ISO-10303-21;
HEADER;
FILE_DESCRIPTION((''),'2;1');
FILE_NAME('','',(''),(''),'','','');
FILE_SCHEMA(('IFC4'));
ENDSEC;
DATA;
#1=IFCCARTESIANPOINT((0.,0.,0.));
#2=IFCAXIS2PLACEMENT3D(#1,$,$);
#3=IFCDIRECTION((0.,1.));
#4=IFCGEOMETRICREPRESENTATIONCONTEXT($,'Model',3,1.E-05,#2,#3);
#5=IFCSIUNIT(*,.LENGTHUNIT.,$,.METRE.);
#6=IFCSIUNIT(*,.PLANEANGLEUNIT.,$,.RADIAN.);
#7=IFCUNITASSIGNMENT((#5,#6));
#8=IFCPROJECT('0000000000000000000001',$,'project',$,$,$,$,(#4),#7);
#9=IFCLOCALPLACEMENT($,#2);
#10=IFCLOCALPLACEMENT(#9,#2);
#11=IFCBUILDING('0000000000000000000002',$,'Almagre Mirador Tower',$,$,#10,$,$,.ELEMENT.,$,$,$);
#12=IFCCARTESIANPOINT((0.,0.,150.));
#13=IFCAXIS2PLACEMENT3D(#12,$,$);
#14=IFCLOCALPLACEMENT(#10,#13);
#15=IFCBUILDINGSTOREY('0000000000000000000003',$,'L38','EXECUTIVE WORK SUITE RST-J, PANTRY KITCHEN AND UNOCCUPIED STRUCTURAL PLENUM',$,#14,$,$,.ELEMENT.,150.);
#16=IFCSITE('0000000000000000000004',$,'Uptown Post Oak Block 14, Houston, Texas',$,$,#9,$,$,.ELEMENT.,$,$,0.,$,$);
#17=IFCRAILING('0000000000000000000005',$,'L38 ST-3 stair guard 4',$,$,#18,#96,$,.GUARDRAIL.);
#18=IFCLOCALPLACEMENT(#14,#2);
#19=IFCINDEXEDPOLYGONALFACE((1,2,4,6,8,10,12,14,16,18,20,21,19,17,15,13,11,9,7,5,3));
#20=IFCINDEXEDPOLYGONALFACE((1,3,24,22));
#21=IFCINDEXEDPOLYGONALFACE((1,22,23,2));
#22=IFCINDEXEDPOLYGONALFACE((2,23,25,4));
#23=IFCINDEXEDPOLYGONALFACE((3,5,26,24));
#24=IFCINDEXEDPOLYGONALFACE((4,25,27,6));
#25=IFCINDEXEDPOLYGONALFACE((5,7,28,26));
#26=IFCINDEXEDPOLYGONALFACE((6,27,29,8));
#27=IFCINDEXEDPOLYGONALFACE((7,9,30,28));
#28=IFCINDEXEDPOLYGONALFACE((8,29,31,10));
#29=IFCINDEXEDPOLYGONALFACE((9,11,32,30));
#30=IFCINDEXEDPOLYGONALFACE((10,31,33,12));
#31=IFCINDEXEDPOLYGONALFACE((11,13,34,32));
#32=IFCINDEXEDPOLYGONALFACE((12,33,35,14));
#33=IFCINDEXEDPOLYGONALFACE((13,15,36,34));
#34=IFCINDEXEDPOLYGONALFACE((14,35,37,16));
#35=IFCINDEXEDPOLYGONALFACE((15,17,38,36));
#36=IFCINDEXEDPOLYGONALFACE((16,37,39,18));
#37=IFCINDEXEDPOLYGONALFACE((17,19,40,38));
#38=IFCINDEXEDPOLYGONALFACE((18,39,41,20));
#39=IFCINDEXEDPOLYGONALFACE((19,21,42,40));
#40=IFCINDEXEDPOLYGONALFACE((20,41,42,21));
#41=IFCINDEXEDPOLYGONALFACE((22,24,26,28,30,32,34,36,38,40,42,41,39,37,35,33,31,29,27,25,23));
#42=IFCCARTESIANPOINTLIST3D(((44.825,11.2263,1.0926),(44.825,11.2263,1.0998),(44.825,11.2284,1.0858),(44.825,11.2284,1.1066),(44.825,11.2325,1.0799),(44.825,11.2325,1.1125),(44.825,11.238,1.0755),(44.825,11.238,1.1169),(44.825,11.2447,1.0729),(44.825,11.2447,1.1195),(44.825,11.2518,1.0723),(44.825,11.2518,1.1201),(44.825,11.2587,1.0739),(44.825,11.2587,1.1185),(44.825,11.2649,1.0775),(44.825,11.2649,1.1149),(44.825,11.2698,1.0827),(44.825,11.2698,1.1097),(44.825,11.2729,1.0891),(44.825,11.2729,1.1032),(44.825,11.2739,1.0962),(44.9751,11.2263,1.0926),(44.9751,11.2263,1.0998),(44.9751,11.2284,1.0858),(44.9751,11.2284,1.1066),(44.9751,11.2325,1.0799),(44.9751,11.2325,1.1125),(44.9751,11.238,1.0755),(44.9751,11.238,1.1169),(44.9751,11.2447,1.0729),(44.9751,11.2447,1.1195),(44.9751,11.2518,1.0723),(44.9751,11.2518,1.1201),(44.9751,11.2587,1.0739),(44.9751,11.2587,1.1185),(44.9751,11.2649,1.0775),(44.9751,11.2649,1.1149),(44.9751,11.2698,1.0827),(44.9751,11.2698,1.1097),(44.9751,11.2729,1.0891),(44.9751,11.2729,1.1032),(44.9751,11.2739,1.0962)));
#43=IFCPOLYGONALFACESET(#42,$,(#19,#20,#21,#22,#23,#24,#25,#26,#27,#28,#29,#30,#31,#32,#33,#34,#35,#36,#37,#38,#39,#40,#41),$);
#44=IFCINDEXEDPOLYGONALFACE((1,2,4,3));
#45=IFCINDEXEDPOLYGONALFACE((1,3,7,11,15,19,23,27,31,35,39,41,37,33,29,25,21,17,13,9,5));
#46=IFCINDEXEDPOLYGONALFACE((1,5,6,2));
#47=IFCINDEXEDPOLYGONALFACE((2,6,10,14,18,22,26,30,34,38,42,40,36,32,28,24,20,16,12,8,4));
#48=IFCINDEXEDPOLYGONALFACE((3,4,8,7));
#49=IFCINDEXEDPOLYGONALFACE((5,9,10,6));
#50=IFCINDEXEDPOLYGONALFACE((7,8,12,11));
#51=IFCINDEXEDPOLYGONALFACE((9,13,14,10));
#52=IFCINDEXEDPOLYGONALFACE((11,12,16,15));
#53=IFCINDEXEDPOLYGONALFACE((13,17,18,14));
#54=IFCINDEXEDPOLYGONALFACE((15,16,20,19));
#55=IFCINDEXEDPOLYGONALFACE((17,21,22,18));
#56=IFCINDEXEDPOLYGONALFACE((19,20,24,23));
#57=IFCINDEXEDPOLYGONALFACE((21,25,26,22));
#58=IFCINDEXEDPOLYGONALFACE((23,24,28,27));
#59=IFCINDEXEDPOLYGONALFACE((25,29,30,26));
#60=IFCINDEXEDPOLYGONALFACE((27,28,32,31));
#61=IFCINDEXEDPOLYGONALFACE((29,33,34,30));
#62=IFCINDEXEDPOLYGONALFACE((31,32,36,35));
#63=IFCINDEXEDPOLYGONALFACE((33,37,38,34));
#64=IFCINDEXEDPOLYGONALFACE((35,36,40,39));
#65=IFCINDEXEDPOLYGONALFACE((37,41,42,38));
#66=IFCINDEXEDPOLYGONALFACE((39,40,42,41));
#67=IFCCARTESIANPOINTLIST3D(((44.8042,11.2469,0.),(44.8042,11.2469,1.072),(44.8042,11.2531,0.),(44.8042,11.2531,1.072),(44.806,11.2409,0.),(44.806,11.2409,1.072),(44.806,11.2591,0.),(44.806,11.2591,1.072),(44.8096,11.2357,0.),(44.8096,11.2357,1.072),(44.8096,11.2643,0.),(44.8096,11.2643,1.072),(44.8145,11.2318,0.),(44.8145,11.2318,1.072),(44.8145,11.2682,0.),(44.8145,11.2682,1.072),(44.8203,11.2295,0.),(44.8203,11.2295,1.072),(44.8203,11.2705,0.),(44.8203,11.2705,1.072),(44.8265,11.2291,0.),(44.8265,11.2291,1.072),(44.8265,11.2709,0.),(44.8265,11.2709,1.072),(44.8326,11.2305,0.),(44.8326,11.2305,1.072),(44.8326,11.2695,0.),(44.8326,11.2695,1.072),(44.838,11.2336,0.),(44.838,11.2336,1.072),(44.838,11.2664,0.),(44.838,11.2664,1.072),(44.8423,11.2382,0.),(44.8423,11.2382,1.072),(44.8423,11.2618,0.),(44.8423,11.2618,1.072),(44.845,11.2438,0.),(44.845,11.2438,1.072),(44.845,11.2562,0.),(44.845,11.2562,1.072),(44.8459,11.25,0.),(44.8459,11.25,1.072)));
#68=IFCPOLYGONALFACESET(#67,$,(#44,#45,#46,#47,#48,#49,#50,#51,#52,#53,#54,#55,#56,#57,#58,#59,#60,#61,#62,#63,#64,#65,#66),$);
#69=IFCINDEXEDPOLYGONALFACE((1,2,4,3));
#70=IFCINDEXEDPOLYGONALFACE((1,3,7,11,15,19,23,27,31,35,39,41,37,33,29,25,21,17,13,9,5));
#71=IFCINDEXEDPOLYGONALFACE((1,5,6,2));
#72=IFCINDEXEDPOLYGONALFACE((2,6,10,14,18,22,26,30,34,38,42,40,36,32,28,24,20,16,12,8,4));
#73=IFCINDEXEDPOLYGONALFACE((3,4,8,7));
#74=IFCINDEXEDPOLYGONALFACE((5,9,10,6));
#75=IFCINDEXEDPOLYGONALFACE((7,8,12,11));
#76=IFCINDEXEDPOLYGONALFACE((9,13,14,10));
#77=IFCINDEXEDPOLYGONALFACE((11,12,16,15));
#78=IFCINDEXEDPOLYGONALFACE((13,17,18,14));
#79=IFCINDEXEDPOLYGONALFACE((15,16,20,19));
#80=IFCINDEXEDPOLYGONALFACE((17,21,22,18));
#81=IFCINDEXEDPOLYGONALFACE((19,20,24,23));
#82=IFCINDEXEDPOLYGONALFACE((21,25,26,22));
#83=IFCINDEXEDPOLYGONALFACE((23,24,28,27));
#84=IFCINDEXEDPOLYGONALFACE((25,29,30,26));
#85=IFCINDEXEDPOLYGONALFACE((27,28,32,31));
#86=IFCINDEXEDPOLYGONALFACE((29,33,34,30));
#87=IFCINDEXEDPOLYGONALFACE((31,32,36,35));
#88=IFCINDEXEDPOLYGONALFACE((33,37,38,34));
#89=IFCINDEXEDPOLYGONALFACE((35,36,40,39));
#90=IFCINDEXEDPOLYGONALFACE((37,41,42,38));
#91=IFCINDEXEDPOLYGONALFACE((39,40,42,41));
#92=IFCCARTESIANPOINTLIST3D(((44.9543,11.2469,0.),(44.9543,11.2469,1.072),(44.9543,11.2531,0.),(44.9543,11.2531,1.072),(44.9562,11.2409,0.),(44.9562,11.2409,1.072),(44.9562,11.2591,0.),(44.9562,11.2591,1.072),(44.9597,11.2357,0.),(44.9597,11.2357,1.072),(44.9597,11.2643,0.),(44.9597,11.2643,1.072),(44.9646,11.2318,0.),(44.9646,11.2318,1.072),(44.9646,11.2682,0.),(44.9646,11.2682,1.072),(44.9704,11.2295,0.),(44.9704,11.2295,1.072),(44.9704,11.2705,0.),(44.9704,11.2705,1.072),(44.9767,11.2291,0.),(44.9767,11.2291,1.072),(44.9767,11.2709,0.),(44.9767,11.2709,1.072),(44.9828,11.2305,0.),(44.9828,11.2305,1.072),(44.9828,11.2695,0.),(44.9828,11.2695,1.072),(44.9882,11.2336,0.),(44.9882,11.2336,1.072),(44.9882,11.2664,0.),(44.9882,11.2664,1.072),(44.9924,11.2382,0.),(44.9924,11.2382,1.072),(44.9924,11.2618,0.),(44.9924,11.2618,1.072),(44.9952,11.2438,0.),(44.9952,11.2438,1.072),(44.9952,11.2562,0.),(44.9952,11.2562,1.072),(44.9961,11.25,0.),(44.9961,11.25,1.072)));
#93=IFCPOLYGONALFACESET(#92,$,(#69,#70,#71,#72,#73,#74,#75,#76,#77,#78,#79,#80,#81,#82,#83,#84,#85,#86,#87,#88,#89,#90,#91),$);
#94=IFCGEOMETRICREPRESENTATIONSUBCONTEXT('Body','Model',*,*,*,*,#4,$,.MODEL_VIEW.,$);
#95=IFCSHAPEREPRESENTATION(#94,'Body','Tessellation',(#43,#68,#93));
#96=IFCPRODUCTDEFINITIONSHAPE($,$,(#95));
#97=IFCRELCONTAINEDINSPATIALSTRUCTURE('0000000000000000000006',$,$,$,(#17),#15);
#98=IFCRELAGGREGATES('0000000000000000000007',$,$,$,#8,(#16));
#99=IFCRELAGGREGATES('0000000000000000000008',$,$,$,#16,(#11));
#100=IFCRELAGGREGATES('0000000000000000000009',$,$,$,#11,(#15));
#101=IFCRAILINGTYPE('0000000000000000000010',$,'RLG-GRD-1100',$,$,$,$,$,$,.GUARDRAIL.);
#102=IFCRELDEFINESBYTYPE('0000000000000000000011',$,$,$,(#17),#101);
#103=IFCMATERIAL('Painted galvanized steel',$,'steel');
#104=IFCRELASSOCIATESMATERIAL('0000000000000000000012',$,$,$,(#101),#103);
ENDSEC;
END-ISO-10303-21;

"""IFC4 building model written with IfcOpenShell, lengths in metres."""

from ifc_helpers import new_model, si_unit, direction, frame, origin, origin_2d, place, context, subcontext, project, spatial, circle, extrude, material, type_object, element, save


model = new_model("IFC4")

# Units and contexts
model_context = context("Model", 3, precision=1e-05, world=origin(), true_north=direction((0.0, 1.0)))
body_context = subcontext(model_context, "Body", "Model", "MODEL_VIEW")
ifc_project = project(units=[si_unit("LENGTHUNIT", "METRE"), si_unit("PLANEANGLEUNIT", "RADIAN")], contexts=[model_context])

# Site, building, storey
site_placement = place(None, origin())
site = spatial("IfcSite", under=ifc_project, at=site_placement, Name="Uptown Post Oak Block 14, Houston, Texas", CompositionType="ELEMENT", RefElevation=0.0)
building_placement = place(site_placement, origin())
building = spatial("IfcBuilding", under=site, at=building_placement, Name="Almagre Mirador Tower", CompositionType="ELEMENT")
storey_placement = place(building_placement, frame((0.0, 0.0, 150.0)))
storey = spatial("IfcBuildingStorey", under=building, at=storey_placement, Name="L38", Description="EXECUTIVE WORK SUITE RST-J, PANTRY KITCHEN AND UNOCCUPIED STRUCTURAL PLENUM", CompositionType="ELEMENT", Elevation=150.0)

# Railing
ifc_material_1 = material(Name="Painted galvanized steel", Category="steel")
railing_type_1 = type_object("IfcRailingType", Name="RLG-GRD-1100", PredefinedType="GUARDRAIL", material=ifc_material_1)
railing_1_placement = place(storey_placement, frame((44.825, 11.25, 0.0)))
element("IfcRailing", 1, at=railing_1_placement, inside=storey, type_object=railing_type_1, Name="L38 ST-3 stair guard 4", PredefinedType="GUARDRAIL", context=body_context, shape_type="SweptSolid", body=[
    extrude(circle(Radius=0.0239, at=origin_2d()), frame((0.0, 0.0, 1.0962), z_axis=(1.0, 0.0, 0.0), x_axis=(0.0, 1.0, 0.0)), (0.0, 0.0, 1.0), 0.1501),
    extrude(circle(Radius=0.021, at=origin_2d()), origin(), (0.0, 0.0, 1.0), 1.072),
    extrude(circle(Radius=0.021, at=origin_2d()), frame((0.1501, 0.0, 0.0)), (0.0, 0.0, 1.0), 1.072),
])

save(model, "model.ifc")
